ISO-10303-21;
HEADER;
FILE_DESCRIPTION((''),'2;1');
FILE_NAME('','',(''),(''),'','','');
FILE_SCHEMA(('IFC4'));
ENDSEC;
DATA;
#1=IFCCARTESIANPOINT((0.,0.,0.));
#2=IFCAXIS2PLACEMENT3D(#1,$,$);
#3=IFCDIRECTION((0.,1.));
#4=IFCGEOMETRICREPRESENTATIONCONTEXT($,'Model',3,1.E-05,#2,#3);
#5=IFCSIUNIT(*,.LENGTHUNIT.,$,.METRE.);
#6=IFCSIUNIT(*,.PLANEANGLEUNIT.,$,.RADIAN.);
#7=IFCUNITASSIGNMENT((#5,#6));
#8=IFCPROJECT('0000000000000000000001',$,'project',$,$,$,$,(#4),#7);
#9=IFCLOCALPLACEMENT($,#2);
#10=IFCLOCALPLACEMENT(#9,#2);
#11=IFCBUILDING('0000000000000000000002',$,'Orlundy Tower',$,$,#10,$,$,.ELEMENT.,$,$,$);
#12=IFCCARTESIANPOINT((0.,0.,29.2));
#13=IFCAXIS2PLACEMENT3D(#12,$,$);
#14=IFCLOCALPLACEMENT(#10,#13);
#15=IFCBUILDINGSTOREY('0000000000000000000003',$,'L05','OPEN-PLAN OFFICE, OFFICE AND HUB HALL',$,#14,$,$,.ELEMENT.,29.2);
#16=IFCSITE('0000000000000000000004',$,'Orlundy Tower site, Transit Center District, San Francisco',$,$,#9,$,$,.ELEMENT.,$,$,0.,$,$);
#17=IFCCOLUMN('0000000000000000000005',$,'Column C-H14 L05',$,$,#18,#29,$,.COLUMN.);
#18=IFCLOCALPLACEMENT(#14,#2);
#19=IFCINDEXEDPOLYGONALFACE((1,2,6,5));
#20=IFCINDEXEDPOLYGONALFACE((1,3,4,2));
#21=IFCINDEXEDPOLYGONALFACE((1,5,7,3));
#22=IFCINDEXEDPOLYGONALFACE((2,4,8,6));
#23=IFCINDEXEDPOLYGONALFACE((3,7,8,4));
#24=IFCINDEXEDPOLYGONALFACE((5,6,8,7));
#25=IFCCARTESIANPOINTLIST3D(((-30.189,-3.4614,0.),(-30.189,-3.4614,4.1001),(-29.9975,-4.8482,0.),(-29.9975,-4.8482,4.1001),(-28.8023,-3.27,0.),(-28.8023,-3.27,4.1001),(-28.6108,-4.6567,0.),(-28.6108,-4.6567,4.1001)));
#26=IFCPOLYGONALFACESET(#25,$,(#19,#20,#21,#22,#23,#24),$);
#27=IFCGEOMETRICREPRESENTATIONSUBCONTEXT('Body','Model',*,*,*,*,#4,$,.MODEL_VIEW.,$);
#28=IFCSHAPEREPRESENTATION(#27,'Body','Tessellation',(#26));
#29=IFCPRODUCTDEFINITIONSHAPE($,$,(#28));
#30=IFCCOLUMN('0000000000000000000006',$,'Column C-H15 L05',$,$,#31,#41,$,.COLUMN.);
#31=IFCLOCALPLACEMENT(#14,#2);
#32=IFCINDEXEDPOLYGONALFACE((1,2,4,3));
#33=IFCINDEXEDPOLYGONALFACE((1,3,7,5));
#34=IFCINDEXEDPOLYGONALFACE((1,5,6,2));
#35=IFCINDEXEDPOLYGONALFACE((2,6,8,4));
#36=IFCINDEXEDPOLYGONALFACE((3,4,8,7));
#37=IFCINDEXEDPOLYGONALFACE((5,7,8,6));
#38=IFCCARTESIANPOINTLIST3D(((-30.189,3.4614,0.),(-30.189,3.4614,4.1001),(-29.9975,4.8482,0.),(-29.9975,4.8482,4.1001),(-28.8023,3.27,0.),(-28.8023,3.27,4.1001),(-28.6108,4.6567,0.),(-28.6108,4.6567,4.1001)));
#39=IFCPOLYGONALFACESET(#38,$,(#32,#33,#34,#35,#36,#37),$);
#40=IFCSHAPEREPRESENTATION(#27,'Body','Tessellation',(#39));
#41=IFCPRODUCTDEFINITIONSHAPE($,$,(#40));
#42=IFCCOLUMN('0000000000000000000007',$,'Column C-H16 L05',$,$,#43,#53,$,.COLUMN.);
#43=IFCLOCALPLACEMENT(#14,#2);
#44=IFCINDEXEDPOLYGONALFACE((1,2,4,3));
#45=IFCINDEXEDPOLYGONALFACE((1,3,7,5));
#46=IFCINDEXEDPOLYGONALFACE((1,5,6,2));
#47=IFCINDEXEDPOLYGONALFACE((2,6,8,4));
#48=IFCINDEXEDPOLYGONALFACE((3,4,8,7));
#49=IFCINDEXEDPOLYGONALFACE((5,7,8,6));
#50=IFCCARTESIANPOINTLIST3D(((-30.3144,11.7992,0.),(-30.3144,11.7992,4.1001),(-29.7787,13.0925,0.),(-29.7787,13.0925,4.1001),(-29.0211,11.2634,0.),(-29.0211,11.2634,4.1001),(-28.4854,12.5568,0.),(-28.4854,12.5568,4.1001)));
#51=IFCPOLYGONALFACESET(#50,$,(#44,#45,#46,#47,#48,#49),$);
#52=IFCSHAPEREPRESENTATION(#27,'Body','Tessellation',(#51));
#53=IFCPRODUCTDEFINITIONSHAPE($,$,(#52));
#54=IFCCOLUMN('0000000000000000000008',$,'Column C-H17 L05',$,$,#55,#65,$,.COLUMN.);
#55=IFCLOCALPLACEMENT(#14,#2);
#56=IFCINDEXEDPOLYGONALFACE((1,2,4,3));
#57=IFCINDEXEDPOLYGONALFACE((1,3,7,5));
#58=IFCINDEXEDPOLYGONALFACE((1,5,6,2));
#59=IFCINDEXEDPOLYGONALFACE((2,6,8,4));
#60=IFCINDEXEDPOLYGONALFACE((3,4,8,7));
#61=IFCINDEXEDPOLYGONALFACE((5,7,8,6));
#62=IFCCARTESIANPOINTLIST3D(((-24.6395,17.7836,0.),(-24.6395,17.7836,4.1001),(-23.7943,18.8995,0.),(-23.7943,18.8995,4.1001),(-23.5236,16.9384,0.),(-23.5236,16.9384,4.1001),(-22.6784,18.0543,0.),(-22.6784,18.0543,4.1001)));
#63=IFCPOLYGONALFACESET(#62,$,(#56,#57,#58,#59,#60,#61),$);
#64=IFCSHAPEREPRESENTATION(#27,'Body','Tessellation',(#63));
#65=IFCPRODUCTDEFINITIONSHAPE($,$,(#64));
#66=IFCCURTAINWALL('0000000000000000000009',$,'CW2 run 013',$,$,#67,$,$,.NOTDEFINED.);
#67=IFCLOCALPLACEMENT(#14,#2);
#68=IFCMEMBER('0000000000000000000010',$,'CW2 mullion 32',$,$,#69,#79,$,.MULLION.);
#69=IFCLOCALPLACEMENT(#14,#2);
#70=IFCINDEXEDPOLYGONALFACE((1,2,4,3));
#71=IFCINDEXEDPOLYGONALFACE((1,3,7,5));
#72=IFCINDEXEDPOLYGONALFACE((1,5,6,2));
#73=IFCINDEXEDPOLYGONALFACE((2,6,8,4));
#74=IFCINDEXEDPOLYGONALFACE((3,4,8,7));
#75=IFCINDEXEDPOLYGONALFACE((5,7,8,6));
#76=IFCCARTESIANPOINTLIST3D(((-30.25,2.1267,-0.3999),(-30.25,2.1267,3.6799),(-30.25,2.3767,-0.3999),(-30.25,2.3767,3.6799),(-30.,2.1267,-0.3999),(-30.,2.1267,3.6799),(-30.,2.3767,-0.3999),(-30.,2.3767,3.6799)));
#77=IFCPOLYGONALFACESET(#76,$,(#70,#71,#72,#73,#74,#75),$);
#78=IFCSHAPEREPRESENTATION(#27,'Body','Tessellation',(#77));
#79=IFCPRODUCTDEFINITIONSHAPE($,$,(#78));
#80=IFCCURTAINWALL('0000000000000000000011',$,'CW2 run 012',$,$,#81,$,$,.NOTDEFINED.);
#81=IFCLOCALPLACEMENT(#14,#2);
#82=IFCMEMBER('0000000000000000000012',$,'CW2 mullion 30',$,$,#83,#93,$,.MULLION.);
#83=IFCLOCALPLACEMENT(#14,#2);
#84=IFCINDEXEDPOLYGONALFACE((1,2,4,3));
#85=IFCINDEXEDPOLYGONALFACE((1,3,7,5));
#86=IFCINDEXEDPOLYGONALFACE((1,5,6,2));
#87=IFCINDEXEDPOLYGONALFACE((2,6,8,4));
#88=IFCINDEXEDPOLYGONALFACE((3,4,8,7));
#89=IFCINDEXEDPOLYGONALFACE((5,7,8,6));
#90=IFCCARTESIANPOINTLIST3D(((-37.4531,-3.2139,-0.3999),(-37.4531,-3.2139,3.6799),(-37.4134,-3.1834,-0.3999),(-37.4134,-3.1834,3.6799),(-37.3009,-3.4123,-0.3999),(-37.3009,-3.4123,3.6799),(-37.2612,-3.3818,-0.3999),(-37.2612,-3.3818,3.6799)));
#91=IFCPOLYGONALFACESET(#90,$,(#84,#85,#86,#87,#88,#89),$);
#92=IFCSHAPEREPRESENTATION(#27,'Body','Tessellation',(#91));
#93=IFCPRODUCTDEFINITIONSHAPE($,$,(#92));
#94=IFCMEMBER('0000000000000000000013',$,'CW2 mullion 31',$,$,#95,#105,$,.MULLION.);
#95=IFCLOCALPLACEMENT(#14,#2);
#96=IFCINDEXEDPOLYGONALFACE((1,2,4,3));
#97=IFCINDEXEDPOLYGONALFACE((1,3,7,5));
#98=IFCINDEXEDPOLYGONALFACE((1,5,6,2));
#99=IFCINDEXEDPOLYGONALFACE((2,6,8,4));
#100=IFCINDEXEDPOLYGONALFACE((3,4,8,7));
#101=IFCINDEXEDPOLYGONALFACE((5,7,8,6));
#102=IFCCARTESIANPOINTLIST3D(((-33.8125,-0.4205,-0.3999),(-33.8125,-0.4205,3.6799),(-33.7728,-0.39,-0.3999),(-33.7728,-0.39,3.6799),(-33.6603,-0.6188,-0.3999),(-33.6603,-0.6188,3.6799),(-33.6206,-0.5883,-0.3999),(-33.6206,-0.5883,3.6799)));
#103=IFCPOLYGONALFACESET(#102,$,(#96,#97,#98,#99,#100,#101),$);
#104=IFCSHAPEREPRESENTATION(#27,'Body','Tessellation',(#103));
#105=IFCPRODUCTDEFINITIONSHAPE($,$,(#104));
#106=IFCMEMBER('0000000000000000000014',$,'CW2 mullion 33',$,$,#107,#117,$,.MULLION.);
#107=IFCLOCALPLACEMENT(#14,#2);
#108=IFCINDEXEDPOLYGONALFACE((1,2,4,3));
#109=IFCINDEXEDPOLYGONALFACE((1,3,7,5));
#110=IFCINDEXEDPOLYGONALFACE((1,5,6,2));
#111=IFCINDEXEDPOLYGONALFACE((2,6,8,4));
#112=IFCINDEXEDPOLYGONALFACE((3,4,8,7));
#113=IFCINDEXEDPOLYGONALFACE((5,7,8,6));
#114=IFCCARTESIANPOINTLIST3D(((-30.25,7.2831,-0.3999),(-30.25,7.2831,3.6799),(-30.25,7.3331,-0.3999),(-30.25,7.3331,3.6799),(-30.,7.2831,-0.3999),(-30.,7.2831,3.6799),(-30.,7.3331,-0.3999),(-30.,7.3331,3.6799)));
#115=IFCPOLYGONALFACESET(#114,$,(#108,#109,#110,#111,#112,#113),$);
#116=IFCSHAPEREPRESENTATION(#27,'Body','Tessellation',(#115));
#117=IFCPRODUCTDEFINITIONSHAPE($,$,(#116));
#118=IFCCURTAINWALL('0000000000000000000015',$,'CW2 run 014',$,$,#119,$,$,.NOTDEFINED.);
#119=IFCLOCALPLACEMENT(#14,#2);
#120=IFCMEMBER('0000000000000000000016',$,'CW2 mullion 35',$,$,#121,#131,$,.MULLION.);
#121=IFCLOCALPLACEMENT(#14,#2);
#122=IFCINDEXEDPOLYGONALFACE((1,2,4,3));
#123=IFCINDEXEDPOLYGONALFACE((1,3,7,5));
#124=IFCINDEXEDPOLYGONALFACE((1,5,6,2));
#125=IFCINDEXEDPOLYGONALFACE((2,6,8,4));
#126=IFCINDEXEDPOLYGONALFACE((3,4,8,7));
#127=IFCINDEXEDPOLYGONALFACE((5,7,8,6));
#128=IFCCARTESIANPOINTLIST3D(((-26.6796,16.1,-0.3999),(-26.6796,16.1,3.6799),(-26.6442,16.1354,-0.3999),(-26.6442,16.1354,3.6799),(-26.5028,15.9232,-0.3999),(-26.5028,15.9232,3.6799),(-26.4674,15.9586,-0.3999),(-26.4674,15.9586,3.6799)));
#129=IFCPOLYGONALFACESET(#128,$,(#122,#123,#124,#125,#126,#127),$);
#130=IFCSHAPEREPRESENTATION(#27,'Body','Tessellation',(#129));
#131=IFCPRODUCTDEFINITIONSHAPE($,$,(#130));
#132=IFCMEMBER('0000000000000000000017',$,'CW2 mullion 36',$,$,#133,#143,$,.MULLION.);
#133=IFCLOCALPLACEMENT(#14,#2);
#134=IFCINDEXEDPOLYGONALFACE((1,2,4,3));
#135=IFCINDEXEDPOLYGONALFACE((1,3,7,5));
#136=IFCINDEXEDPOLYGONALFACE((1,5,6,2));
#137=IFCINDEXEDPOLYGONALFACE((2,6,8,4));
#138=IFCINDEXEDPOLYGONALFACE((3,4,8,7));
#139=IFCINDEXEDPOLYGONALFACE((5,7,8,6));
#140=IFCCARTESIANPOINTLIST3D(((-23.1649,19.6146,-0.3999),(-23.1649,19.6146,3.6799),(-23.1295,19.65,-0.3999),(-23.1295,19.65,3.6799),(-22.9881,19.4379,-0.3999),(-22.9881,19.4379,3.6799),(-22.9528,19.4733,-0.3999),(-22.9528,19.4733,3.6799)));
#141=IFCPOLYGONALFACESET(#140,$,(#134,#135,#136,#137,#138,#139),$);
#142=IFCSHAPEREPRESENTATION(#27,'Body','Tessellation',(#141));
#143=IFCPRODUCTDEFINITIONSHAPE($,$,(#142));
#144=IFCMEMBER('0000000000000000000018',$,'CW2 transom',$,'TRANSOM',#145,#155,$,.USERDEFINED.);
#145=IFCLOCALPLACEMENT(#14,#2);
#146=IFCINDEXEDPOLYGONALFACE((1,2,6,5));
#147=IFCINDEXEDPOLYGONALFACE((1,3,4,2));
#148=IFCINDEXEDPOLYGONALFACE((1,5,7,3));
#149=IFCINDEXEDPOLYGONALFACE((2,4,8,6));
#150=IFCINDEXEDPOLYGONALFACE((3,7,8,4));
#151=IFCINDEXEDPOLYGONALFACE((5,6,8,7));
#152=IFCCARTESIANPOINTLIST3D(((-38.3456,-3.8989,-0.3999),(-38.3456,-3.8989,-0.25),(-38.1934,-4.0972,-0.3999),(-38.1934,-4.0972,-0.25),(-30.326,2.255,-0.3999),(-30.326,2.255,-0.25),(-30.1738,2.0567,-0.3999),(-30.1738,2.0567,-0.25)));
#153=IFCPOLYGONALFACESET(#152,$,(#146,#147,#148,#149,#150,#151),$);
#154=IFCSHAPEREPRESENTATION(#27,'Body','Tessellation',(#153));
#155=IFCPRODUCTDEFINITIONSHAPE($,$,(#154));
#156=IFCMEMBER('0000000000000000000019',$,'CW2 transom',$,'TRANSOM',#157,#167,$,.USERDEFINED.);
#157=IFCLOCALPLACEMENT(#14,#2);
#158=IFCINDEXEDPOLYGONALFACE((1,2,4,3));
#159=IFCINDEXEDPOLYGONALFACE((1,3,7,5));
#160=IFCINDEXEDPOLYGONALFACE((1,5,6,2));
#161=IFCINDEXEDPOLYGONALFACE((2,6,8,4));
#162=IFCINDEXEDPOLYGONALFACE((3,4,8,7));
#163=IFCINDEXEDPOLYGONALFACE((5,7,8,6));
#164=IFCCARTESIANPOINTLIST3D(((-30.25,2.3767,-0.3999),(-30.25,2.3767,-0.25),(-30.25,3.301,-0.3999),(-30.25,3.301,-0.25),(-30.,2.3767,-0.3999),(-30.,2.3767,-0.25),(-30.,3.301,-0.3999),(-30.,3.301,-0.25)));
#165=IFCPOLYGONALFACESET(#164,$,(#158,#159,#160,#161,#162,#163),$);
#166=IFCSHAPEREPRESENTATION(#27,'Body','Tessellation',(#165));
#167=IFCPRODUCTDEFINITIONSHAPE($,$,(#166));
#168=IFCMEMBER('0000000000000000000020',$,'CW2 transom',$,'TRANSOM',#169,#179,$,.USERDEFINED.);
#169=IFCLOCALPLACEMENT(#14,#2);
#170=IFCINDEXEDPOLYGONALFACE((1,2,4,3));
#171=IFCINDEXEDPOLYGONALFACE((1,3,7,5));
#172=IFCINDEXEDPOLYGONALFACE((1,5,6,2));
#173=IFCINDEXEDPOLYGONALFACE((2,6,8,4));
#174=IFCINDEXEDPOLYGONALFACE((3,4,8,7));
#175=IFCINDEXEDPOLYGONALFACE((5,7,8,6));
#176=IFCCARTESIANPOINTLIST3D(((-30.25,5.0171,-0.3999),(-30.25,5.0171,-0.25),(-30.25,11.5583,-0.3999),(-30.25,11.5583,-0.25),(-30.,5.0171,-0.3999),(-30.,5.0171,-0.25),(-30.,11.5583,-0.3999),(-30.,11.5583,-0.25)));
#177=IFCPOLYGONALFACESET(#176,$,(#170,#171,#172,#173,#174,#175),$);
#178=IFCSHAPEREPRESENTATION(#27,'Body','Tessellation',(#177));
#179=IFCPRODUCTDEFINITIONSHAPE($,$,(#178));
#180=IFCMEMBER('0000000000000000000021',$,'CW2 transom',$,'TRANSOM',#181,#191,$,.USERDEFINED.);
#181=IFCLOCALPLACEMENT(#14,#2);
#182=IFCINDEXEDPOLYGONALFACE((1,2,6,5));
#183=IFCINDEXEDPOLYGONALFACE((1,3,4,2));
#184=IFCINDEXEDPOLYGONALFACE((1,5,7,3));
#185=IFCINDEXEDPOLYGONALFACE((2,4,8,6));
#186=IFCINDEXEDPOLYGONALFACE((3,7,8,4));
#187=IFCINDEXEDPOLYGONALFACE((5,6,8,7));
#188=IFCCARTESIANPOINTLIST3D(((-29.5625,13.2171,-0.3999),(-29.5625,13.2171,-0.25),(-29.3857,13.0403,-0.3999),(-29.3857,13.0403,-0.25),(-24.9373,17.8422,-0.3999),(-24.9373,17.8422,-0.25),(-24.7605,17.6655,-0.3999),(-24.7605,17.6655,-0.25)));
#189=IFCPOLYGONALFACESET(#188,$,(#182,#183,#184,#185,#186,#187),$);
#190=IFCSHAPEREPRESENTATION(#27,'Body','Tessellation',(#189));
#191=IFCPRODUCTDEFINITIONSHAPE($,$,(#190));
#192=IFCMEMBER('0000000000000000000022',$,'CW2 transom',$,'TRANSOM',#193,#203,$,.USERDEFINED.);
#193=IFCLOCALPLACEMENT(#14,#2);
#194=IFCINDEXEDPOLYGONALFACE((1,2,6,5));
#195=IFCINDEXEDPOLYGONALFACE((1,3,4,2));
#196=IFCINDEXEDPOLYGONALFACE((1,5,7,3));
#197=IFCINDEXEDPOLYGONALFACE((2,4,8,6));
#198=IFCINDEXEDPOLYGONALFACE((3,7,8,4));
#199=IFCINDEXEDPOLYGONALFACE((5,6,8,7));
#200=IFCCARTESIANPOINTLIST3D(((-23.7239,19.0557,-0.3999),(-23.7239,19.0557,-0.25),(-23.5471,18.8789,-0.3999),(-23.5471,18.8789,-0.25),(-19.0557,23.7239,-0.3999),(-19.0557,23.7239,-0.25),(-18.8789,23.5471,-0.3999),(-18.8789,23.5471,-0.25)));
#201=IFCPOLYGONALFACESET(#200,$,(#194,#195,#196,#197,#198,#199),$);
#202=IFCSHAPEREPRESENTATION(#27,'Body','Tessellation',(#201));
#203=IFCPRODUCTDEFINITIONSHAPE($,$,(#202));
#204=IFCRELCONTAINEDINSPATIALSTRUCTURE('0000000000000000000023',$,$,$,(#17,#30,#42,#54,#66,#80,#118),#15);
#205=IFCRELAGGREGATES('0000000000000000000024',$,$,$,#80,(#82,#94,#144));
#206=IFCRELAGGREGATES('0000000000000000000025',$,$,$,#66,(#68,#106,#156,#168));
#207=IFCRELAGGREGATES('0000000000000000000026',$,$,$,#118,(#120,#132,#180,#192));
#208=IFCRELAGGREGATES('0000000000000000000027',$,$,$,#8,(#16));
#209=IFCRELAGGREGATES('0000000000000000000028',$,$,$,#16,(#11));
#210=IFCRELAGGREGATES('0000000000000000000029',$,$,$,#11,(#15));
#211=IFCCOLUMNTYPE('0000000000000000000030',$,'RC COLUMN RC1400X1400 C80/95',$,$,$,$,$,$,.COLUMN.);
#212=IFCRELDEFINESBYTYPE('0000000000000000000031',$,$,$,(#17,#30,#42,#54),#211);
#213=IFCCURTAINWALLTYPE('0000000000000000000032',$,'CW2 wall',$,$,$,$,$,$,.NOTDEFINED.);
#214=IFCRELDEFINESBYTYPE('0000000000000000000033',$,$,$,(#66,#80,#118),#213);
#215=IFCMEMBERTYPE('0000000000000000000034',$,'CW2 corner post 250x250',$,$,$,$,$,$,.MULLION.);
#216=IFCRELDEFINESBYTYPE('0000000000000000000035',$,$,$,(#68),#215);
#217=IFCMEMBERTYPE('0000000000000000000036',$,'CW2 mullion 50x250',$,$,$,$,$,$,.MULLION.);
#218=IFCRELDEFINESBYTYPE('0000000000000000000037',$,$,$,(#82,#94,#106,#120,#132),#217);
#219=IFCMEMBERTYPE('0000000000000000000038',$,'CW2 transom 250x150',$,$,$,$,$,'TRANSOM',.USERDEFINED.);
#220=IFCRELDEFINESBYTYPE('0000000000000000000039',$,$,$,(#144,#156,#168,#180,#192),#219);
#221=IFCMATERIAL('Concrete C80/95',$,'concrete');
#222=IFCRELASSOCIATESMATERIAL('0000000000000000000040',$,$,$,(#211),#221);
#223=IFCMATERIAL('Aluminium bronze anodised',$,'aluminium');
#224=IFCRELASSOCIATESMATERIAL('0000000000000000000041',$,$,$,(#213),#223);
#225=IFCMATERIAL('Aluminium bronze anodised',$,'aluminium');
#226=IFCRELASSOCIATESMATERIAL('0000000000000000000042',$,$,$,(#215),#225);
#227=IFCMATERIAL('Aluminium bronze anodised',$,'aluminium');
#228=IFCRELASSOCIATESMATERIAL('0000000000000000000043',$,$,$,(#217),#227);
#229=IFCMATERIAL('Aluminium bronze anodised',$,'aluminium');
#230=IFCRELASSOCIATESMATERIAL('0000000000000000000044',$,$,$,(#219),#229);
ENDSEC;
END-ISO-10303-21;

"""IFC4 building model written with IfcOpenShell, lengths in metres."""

from ifc_helpers import new_model, si_unit, direction, frame, origin, origin_2d, place, context, subcontext, project, spatial, rectangle, extrude, material, material_profile, profile_set, type_object, element, aggregate, save


model = new_model("IFC4")

# Units and contexts
model_context = context("Model", 3, precision=1e-05, world=origin(), true_north=direction((0.0, 1.0)))
body_context = subcontext(model_context, "Body", "Model", "MODEL_VIEW")
ifc_project = project(units=[si_unit("LENGTHUNIT", "METRE"), si_unit("PLANEANGLEUNIT", "RADIAN")], contexts=[model_context])

# Site, building, storey
site_placement = place(None, origin())
site = spatial("IfcSite", under=ifc_project, at=site_placement, Name="Orlundy Tower site, Transit Center District, San Francisco", CompositionType="ELEMENT", RefElevation=0.0)
building_placement = place(site_placement, origin())
building = spatial("IfcBuilding", under=site, at=building_placement, Name="Orlundy Tower", CompositionType="ELEMENT")
storey_placement = place(building_placement, frame((0.0, 0.0, 29.2)))
storey = spatial("IfcBuildingStorey", under=building, at=storey_placement, Name="L05", Description="OPEN-PLAN OFFICE, OFFICE AND HUB HALL", CompositionType="ELEMENT", Elevation=29.2)

# Columns
ifc_material_1 = material(Name="Concrete C80/95", Category="concrete")
ifc_material_profile_1 = material_profile(ifc_material_1, rectangle(XDim=1.3999, YDim=1.3999, at=origin_2d()), Name="RC1400X1400")
ifc_profile_set_1 = profile_set([ifc_material_profile_1], Name="Concrete C80/95")
column_type = type_object("IfcColumnType", Name="RC COLUMN RC1400X1400 C80/95", PredefinedType="COLUMN", material=ifc_profile_set_1)
for number, where, z_axis, x_axis, name in (
    (1, (-29.3999, -4.0591, 0.0), (0.0, 0.0, 1.0), (-0.990603, -0.13677, 0.0), "Column C-H14 L05"),
    (2, (-29.3999, 4.0591, 0.0), (0.0, 0.0, 1.0), (-0.990603, 0.13677, 0.0), "Column C-H15 L05"),
    (3, (-29.3999, 12.178, 0.0), (0.0, 0.0, 1.0), (-0.92388, 0.382683, 0.0), "Column C-H16 L05"),
    (4, (-23.6589, 17.9189, 0.0), (0.0, 0.0, 1.0), (-0.797163, 0.603765, 0.0), "Column C-H17 L05"),
):
    element("IfcColumn", number, at=place(storey_placement, frame(where, z_axis=z_axis, x_axis=x_axis)), inside=storey, type_object=column_type, Name=name, PredefinedType="COLUMN", context=body_context, shape_type="SweptSolid", body=[
        extrude(rectangle(XDim=1.3999, YDim=1.3999, at=origin_2d()), origin(), (0.0, 0.0, 1.0), 4.1001),
    ])

# Curtain wall, member
ifc_material_2 = material(Name="Aluminium bronze anodised", Category="aluminium")
curtain_wall_type = type_object("IfcCurtainWallType", Name="CW2 wall", PredefinedType="NOTDEFINED", material=ifc_material_2)
curtain_wall_1_placement = place(storey_placement, origin())
curtain_wall_1 = element("IfcCurtainWall", 5, at=curtain_wall_1_placement, inside=storey, type_object=curtain_wall_type, Name="CW2 run 013", PredefinedType="NOTDEFINED")
ifc_material_3 = material(Name="Aluminium bronze anodised", Category="aluminium")
ifc_material_profile_2 = material_profile(ifc_material_3, rectangle(XDim=0.25, YDim=0.25, at=origin_2d()), Name="CW2 corner post 250x250")
ifc_profile_set_2 = profile_set([ifc_material_profile_2], Name="Aluminium bronze anodised")
member_type_1 = type_object("IfcMemberType", Name="CW2 corner post 250x250", PredefinedType="MULLION", material=ifc_profile_set_2)
member_1_placement = place(storey_placement, frame((-30.125, 2.2517, -0.3999), z_axis=(0.0, 0.0, 1.0), x_axis=(-1.0, 0.0, 0.0)))
member_1 = element("IfcMember", 6, at=member_1_placement, type_object=member_type_1, Name="CW2 mullion 32", PredefinedType="MULLION", context=body_context, shape_type="SweptSolid", body=[
    extrude(rectangle(XDim=0.25, YDim=0.25, at=origin_2d()), origin(), (0.0, 0.0, 1.0), 4.0798),
])

# Curtain wall, members
curtain_wall_2_placement = place(storey_placement, origin())
curtain_wall_2 = element("IfcCurtainWall", 7, at=curtain_wall_2_placement, inside=storey, type_object=curtain_wall_type, Name="CW2 run 012", PredefinedType="NOTDEFINED")
ifc_material_4 = material(Name="Aluminium bronze anodised", Category="aluminium")
ifc_material_profile_3 = material_profile(ifc_material_4, rectangle(XDim=0.25, YDim=0.05, at=origin_2d()), Name="CW2 mullion 50x250")
ifc_profile_set_3 = profile_set([ifc_material_profile_3], Name="Aluminium bronze anodised")
member_type_2 = type_object("IfcMemberType", Name="CW2 mullion 50x250", PredefinedType="MULLION", material=ifc_profile_set_3)
member_2_placement = place(storey_placement, frame((-37.3572, -3.2979, -0.3999), z_axis=(0.0, 0.0, 1.0), x_axis=(-0.608768, 0.793348, 0.0)))
member_2 = element("IfcMember", 8, at=member_2_placement, type_object=member_type_2, Name="CW2 mullion 30", PredefinedType="MULLION", context=body_context, shape_type="SweptSolid", body=[
    extrude(rectangle(XDim=0.25, YDim=0.05, at=origin_2d()), origin(), (0.0, 0.0, 1.0), 4.0798),
])
member_3_placement = place(storey_placement, frame((-33.7166, -0.5044, -0.3999), z_axis=(0.0, 0.0, 1.0), x_axis=(-0.608768, 0.793348, 0.0)))
member_3 = element("IfcMember", 9, at=member_3_placement, type_object=member_type_2, Name="CW2 mullion 31", PredefinedType="MULLION", context=body_context, shape_type="SweptSolid", body=[
    extrude(rectangle(XDim=0.25, YDim=0.05, at=origin_2d()), origin(), (0.0, 0.0, 1.0), 4.0798),
])

# Member
member_4_placement = place(storey_placement, frame((-30.125, 7.3081, -0.3999), z_axis=(0.0, 0.0, 1.0), x_axis=(-1.0, 0.0, 0.0)))
member_4 = element("IfcMember", 10, at=member_4_placement, type_object=member_type_2, Name="CW2 mullion 33", PredefinedType="MULLION", context=body_context, shape_type="SweptSolid", body=[
    extrude(rectangle(XDim=0.25, YDim=0.05, at=origin_2d()), origin(), (0.0, 0.0, 1.0), 4.0798),
])

# Curtain wall, members
curtain_wall_3_placement = place(storey_placement, origin())
curtain_wall_3 = element("IfcCurtainWall", 11, at=curtain_wall_3_placement, inside=storey, type_object=curtain_wall_type, Name="CW2 run 014", PredefinedType="NOTDEFINED")
member_5_placement = place(storey_placement, frame((-26.5735, 16.0293, -0.3999), z_axis=(0.0, 0.0, 1.0), x_axis=(-0.707107, 0.707107, 0.0)))
member_5 = element("IfcMember", 12, at=member_5_placement, type_object=member_type_2, Name="CW2 mullion 35", PredefinedType="MULLION", context=body_context, shape_type="SweptSolid", body=[
    extrude(rectangle(XDim=0.25, YDim=0.05, at=origin_2d()), origin(), (0.0, 0.0, 1.0), 4.0798),
])
member_6_placement = place(storey_placement, frame((-23.0588, 19.5439, -0.3999), z_axis=(0.0, 0.0, 1.0), x_axis=(-0.707107, 0.707107, 0.0)))
member_6 = element("IfcMember", 13, at=member_6_placement, type_object=member_type_2, Name="CW2 mullion 36", PredefinedType="MULLION", context=body_context, shape_type="SweptSolid", body=[
    extrude(rectangle(XDim=0.25, YDim=0.05, at=origin_2d()), origin(), (0.0, 0.0, 1.0), 4.0798),
])

# Members
ifc_material_5 = material(Name="Aluminium bronze anodised", Category="aluminium")
ifc_material_profile_4 = material_profile(ifc_material_5, rectangle(XDim=0.25, YDim=0.1499, at=origin_2d()), Name="CW2 transom 250x150")
ifc_profile_set_4 = profile_set([ifc_material_profile_4], Name="Aluminium bronze anodised")
member_type_3 = type_object("IfcMemberType", Name="CW2 transom 250x150", ElementType="TRANSOM", PredefinedType="USERDEFINED", material=ifc_profile_set_4)
member_7_placement = place(storey_placement, frame((-38.2695, -3.998, -0.325), z_axis=(0.793344, 0.608774, 0.0), x_axis=(-0.608774, 0.793344, 0.0)))
member_7 = element("IfcMember", 14, at=member_7_placement, type_object=member_type_3, Name="CW2 transom", ObjectType="TRANSOM", PredefinedType="USERDEFINED", context=body_context, shape_type="SweptSolid", body=[
    extrude(rectangle(XDim=0.25, YDim=0.1499, at=origin_2d()), origin(), (0.0, 0.0, 1.0), 10.1086),
])
member_8_placement = place(storey_placement, frame((-30.125, 2.3767, -0.325), z_axis=(0.0, 1.0, 0.0), x_axis=(-1.0, 0.0, 0.0)))
member_8 = element("IfcMember", 15, at=member_8_placement, type_object=member_type_3, Name="CW2 transom", ObjectType="TRANSOM", PredefinedType="USERDEFINED", context=body_context, shape_type="SweptSolid", body=[
    extrude(rectangle(XDim=0.25, YDim=0.1499, at=origin_2d()), origin(), (0.0, 0.0, 1.0), 0.9243),
])
member_9_placement = place(storey_placement, frame((-30.125, 5.0171, -0.325), z_axis=(0.0, 1.0, 0.0), x_axis=(-1.0, 0.0, 0.0)))
member_9 = element("IfcMember", 16, at=member_9_placement, type_object=member_type_3, Name="CW2 transom", ObjectType="TRANSOM", PredefinedType="USERDEFINED", context=body_context, shape_type="SweptSolid", body=[
    extrude(rectangle(XDim=0.25, YDim=0.1499, at=origin_2d()), origin(), (0.0, 0.0, 1.0), 6.5413),
])
member_10_placement = place(storey_placement, frame((-29.4741, 13.1287, -0.325), z_axis=(0.707107, 0.707107, 0.0), x_axis=(-0.707107, 0.707107, 0.0)))
member_10 = element("IfcMember", 17, at=member_10_placement, type_object=member_type_3, Name="CW2 transom", ObjectType="TRANSOM", PredefinedType="USERDEFINED", context=body_context, shape_type="SweptSolid", body=[
    extrude(rectangle(XDim=0.25, YDim=0.1499, at=origin_2d()), origin(), (0.0, 0.0, 1.0), 6.541),
])
member_11_placement = place(storey_placement, frame((-23.6355, 18.9673, -0.325), z_axis=(0.707107, 0.707107, 0.0), x_axis=(-0.707107, 0.707107, 0.0)))
member_11 = element("IfcMember", 18, at=member_11_placement, type_object=member_type_3, Name="CW2 transom", ObjectType="TRANSOM", PredefinedType="USERDEFINED", context=body_context, shape_type="SweptSolid", body=[
    extrude(rectangle(XDim=0.25, YDim=0.1499, at=origin_2d()), origin(), (0.0, 0.0, 1.0), 6.6018),
])

aggregate(curtain_wall_2, [member_2, member_3, member_7])
aggregate(curtain_wall_1, [member_1, member_4, member_8, member_9])
aggregate(curtain_wall_3, [member_5, member_6, member_10, member_11])

save(model, "model.ifc")
